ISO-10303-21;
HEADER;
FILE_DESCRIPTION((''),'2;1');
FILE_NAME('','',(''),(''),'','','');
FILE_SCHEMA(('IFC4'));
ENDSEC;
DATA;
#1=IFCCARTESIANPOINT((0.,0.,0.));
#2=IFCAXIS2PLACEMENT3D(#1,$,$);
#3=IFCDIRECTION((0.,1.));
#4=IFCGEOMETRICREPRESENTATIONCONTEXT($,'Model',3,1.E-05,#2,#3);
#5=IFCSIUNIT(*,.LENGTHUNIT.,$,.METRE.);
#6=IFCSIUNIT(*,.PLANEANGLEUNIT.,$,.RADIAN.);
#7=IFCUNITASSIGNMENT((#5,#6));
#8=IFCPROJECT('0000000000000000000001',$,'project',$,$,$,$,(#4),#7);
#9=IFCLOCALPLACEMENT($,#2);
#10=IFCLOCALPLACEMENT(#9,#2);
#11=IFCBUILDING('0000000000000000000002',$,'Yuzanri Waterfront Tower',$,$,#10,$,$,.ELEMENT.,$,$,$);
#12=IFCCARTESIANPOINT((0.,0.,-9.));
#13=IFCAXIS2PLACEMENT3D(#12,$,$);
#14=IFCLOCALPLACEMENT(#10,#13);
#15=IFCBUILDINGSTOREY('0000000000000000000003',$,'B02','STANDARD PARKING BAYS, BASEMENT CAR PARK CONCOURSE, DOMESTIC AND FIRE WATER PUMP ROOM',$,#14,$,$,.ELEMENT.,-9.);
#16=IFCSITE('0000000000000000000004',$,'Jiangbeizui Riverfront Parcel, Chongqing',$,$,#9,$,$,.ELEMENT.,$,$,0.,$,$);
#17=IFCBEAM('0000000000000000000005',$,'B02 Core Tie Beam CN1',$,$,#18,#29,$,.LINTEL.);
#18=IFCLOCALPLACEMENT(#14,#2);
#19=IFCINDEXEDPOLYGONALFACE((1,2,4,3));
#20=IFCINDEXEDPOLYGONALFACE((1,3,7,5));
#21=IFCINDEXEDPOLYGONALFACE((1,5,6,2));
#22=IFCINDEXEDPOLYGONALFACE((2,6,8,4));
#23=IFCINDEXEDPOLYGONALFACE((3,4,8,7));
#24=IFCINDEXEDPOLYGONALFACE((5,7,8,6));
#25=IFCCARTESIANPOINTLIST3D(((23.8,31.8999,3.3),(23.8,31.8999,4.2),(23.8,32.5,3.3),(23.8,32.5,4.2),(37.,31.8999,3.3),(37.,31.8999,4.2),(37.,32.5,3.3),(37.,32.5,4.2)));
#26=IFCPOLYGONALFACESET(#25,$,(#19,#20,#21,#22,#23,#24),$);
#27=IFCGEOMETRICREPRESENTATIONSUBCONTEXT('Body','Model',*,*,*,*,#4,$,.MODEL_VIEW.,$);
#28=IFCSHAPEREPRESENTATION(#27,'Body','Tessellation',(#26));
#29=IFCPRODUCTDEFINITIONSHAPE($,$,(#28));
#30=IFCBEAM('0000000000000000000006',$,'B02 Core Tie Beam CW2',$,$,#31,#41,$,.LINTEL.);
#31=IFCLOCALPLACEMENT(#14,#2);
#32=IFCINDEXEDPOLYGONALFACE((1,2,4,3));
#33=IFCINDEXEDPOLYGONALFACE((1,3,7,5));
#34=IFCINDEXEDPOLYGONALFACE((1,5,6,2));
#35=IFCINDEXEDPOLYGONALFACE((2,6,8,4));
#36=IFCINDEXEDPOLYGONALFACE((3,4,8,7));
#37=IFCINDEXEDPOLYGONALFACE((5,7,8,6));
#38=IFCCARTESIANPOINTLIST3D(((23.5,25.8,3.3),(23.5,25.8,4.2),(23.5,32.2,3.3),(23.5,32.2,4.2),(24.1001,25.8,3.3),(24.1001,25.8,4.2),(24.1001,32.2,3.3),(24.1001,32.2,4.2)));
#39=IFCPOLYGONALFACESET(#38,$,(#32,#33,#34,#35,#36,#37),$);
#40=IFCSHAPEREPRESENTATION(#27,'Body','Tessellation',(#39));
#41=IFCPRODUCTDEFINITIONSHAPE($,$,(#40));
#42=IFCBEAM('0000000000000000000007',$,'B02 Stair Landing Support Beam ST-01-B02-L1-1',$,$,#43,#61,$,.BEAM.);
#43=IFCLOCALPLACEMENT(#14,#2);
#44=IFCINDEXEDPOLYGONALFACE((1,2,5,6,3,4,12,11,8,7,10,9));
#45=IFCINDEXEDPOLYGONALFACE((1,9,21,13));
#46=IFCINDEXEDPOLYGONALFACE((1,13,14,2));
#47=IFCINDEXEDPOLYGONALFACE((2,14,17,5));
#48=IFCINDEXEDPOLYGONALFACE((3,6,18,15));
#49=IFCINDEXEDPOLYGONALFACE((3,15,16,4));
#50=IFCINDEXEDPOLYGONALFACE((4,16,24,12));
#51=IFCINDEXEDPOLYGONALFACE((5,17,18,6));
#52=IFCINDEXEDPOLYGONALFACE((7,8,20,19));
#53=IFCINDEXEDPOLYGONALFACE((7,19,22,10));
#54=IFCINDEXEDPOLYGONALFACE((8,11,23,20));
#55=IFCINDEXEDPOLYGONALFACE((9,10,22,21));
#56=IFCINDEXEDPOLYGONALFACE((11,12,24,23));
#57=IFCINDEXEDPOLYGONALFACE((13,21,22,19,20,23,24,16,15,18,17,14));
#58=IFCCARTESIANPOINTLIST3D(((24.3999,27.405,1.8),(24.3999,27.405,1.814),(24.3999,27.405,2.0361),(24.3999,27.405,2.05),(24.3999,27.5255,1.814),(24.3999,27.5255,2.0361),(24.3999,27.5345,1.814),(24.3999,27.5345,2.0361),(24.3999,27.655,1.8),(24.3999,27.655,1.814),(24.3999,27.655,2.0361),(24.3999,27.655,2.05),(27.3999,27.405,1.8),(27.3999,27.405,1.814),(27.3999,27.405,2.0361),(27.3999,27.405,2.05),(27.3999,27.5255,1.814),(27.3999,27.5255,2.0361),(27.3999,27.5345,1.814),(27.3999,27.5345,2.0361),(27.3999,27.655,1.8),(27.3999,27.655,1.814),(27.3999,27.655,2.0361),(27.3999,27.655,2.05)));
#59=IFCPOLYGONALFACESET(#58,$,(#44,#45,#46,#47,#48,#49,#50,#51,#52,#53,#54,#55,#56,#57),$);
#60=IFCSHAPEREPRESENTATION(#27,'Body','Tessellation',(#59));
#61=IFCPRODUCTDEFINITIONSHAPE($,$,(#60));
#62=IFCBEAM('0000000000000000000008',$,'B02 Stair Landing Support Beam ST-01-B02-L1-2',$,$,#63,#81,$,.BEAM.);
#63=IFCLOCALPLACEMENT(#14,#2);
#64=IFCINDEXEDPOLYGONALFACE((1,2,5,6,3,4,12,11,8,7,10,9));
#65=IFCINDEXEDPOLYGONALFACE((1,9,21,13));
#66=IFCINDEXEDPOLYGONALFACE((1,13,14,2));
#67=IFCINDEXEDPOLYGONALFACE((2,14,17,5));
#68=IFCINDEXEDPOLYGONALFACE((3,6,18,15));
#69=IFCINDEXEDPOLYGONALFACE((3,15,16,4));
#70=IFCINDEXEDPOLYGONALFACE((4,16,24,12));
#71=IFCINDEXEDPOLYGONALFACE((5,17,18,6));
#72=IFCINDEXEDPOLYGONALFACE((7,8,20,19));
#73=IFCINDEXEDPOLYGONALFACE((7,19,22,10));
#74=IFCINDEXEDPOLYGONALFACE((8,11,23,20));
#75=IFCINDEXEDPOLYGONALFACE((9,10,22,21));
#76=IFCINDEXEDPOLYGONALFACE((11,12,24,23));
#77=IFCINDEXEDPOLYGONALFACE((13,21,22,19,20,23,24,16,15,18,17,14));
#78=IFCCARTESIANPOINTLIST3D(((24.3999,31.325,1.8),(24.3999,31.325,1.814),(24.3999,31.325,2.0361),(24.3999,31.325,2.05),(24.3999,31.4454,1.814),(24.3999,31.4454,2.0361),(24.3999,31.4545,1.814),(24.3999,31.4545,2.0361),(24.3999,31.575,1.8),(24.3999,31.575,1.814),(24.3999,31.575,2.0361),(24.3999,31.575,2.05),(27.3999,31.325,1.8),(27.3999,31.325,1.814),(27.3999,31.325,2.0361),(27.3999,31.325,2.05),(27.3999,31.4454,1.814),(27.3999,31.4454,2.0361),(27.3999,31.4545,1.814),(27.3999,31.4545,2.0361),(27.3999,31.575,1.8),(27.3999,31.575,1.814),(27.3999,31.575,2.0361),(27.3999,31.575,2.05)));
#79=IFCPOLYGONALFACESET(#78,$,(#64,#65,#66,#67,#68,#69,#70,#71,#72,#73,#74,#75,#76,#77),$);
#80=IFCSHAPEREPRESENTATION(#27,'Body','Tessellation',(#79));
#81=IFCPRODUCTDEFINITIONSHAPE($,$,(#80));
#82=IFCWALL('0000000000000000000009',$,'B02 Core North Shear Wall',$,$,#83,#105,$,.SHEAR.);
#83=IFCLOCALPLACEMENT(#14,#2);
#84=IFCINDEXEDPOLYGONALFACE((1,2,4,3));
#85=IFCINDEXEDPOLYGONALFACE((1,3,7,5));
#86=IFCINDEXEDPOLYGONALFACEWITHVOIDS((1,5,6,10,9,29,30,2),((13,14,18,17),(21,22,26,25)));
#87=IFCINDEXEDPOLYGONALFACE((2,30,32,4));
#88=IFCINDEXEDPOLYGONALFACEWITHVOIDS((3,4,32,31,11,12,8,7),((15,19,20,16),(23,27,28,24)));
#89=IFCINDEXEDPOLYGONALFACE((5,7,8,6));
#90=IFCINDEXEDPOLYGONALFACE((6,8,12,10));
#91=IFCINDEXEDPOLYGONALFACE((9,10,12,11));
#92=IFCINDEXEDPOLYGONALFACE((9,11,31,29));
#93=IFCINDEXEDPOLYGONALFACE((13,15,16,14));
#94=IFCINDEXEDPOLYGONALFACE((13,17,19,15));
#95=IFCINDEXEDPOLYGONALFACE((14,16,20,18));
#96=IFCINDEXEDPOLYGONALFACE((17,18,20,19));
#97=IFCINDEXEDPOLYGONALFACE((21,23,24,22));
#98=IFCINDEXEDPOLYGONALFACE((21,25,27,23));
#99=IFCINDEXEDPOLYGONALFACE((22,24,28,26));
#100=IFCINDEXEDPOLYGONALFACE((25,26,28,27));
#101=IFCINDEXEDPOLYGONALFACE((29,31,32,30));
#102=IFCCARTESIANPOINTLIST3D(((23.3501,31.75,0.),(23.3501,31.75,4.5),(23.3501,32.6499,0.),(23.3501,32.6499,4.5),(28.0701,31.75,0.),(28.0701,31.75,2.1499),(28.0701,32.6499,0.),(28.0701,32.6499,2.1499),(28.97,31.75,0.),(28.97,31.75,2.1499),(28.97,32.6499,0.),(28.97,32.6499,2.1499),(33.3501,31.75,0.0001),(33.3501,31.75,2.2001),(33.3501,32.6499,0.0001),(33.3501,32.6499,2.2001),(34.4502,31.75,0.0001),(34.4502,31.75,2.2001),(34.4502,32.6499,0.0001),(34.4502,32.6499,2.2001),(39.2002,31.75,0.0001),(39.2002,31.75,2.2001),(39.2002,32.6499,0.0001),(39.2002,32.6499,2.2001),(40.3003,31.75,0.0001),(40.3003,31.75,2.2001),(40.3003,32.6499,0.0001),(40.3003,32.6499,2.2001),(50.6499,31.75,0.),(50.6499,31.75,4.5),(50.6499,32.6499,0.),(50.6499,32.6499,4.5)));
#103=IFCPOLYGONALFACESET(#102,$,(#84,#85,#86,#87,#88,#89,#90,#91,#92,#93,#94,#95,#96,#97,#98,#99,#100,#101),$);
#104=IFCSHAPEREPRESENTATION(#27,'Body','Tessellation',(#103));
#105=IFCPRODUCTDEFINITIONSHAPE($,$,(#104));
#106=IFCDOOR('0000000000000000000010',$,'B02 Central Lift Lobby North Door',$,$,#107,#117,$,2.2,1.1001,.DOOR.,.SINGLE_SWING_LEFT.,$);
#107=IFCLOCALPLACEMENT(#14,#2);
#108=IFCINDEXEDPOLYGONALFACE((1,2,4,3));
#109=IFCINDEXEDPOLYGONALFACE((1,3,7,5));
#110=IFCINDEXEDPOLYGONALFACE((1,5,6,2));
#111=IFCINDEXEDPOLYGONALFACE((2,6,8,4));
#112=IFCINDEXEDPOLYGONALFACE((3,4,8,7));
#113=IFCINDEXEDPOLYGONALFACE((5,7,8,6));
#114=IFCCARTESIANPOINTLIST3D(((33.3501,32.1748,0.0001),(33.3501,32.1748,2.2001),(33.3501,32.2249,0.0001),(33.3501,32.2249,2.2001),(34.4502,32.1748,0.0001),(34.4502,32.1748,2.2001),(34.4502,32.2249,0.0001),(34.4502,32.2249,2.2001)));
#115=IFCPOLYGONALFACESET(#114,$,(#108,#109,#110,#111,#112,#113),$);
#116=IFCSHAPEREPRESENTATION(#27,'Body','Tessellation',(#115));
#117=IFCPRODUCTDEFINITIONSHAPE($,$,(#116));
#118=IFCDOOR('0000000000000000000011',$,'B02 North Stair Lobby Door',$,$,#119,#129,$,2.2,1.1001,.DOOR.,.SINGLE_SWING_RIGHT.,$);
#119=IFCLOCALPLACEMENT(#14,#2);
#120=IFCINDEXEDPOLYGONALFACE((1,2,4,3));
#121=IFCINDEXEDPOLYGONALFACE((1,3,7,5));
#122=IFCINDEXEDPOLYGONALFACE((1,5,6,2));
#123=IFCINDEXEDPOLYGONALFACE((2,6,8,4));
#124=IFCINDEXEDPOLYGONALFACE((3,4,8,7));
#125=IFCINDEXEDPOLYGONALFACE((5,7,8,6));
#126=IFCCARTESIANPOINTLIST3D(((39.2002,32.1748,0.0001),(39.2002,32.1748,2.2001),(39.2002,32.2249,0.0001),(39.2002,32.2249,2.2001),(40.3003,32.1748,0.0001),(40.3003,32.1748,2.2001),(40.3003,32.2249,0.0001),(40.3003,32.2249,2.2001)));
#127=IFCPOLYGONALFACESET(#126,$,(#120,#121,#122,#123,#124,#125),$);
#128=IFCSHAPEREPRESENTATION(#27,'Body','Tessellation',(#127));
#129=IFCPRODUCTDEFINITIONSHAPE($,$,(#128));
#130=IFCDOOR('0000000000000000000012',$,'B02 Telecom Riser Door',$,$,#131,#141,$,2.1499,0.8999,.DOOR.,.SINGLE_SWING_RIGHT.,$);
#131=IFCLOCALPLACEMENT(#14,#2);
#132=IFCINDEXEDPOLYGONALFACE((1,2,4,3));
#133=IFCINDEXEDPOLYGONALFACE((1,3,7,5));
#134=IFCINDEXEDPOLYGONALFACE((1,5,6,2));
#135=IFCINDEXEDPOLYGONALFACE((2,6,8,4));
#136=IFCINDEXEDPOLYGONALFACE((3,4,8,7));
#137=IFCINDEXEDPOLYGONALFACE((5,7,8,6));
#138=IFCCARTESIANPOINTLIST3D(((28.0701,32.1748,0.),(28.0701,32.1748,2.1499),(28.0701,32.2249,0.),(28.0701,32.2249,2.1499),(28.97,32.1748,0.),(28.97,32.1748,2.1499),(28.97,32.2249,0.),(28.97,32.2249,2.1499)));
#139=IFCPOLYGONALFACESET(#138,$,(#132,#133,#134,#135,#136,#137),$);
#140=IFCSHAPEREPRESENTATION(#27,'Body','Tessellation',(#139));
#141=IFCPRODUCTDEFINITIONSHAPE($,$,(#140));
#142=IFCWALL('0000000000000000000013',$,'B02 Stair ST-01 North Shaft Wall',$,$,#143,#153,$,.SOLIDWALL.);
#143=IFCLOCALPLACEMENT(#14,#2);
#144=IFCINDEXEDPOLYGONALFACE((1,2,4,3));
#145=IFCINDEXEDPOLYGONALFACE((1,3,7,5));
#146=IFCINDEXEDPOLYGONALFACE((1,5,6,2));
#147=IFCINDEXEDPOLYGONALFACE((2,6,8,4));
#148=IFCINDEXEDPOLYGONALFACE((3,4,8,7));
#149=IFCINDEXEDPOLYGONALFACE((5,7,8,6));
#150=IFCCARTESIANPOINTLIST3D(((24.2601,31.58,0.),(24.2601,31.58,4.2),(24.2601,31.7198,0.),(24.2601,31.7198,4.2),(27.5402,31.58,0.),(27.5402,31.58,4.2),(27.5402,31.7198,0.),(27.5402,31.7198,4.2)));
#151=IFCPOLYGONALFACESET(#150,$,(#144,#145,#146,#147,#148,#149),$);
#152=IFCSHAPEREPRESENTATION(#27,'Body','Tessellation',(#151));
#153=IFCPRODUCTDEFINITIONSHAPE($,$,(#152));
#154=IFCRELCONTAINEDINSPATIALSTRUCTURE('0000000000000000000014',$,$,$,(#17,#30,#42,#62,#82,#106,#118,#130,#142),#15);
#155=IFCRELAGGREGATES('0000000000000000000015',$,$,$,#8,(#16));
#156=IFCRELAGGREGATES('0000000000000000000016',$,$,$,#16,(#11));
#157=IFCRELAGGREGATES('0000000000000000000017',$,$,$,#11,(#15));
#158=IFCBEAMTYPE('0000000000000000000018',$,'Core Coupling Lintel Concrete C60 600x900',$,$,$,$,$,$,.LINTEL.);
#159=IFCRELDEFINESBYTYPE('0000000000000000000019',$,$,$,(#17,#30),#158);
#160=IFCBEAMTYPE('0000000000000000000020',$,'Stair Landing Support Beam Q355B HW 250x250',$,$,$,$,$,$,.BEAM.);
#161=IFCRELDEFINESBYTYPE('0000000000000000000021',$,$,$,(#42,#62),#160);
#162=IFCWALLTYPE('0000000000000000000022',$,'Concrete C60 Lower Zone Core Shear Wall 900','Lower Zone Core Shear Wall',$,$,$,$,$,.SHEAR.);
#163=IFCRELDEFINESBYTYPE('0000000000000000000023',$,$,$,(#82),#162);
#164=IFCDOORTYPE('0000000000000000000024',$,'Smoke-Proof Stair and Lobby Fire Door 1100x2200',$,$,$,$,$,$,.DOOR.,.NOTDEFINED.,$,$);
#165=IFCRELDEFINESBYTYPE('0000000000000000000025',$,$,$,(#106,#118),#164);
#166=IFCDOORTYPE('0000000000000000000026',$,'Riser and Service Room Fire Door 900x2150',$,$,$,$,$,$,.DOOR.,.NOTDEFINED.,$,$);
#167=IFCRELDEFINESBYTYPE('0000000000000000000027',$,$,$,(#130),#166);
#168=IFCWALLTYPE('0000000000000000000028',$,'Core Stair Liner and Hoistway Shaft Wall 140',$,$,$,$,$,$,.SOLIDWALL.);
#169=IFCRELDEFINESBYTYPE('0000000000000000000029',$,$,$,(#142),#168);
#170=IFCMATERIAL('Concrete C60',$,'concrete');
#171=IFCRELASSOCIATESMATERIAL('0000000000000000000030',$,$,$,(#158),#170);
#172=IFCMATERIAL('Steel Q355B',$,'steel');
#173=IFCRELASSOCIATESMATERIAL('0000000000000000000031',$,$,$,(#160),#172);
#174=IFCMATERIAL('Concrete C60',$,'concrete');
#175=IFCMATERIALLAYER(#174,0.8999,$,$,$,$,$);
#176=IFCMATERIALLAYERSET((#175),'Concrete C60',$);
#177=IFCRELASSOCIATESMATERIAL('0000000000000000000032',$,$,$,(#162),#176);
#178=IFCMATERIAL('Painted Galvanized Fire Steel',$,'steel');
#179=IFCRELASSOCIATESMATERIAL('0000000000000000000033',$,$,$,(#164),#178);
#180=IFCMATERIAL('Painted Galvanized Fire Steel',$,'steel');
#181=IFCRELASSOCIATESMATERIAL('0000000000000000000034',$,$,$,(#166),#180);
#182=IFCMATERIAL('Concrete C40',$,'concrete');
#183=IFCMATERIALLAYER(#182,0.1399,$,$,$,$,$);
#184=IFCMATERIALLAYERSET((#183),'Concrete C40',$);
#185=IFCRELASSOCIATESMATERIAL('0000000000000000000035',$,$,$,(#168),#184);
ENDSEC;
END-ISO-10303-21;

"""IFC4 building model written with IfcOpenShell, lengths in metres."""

from ifc_helpers import new_model, si_unit, direction, frame, frame_2d, origin, origin_2d, place, context, subcontext, project, spatial, rectangle, i_section, extrude, source, transform, mapped, material, layer, layer_set, material_profile, profile_set, type_object, element, fill, save


model = new_model("IFC4")

# Units and contexts
model_context = context("Model", 3, precision=1e-05, world=origin(), true_north=direction((0.0, 1.0)))
body_context = subcontext(model_context, "Body", "Model", "MODEL_VIEW")
ifc_project = project(units=[si_unit("LENGTHUNIT", "METRE"), si_unit("PLANEANGLEUNIT", "RADIAN")], contexts=[model_context])

# Site, building, storey
site_placement = place(None, origin())
site = spatial("IfcSite", under=ifc_project, at=site_placement, Name="Jiangbeizui Riverfront Parcel, Chongqing", CompositionType="ELEMENT", RefElevation=0.0)
building_placement = place(site_placement, origin())
building = spatial("IfcBuilding", under=site, at=building_placement, Name="Yuzanri Waterfront Tower", CompositionType="ELEMENT")
storey_placement = place(building_placement, frame((0.0, 0.0, -9.0)))
storey = spatial("IfcBuildingStorey", under=building, at=storey_placement, Name="B02", Description="STANDARD PARKING BAYS, BASEMENT CAR PARK CONCOURSE, DOMESTIC AND FIRE WATER PUMP ROOM", CompositionType="ELEMENT", Elevation=-9.0)

# Beams
ifc_material_1 = material(Name="Concrete C60", Category="concrete")
ifc_material_profile_1 = material_profile(ifc_material_1, rectangle(XDim=0.6001, YDim=0.8999, at=origin_2d()), Name="RC 600x900")
ifc_profile_set_1 = profile_set([ifc_material_profile_1], Name="Concrete C60")
beam_type_1 = type_object("IfcBeamType", Name="Core Coupling Lintel Concrete C60 600x900", PredefinedType="LINTEL", material=ifc_profile_set_1)
shared_shape_1 = source(origin(), body_context, "Body", "SweptSolid", [
    extrude(rectangle(XDim=0.6001, YDim=0.8999, at=origin_2d()), origin(), (0.0, 0.0, 1.0), 13.2),
])
beam_1_placement = place(storey_placement, frame((23.8, 32.2, 3.75), z_axis=(1.0, 0.0, 0.0), x_axis=(0.0, 1.0, 0.0)))
element("IfcBeam", 1, at=beam_1_placement, inside=storey, type_object=beam_type_1, Name="B02 Core Tie Beam CN1", PredefinedType="LINTEL", context=body_context, shape_type="MappedRepresentation", body=[
    mapped(shared_shape_1, transform((0.0, 0.0, 0.0), scale=1.0)),
])
shared_shape_2 = source(origin(), body_context, "Body", "SweptSolid", [
    extrude(rectangle(XDim=0.6001, YDim=0.8999, at=origin_2d()), origin(), (0.0, 0.0, 1.0), 6.3999),
])
beam_2_placement = place(storey_placement, frame((23.8, 25.8, 3.75), z_axis=(0.0, 1.0, 0.0), x_axis=(-1.0, 0.0, 0.0)))
element("IfcBeam", 2, at=beam_2_placement, inside=storey, type_object=beam_type_1, Name="B02 Core Tie Beam CW2", PredefinedType="LINTEL", context=body_context, shape_type="MappedRepresentation", body=[
    mapped(shared_shape_2, transform((0.0, 0.0, 0.0), scale=1.0)),
])
ifc_material_2 = material(Name="Steel Q355B", Category="steel")
ifc_material_profile_2 = material_profile(ifc_material_2, i_section(OverallWidth=0.25, OverallDepth=0.25, WebThickness=0.009, FlangeThickness=0.0139, at=origin_2d()), Name="HW 250x250x9x14")
ifc_profile_set_2 = profile_set([ifc_material_profile_2], Name="Steel Q355B")
beam_type_2 = type_object("IfcBeamType", Name="Stair Landing Support Beam Q355B HW 250x250", PredefinedType="BEAM", material=ifc_profile_set_2)
shared_shape_3 = source(origin(), body_context, "Body", "SweptSolid", [
    extrude(i_section(OverallWidth=0.25, OverallDepth=0.25, WebThickness=0.009, FlangeThickness=0.0139, at=origin_2d()), origin(), (0.0, 0.0, 1.0), 3.0),
])
for number, where, z_axis, x_axis, name in (
    (3, (24.3999, 27.53, 1.925), (1.0, 0.0, 0.0), (0.0, 1.0, 0.0), "B02 Stair Landing Support Beam ST-01-B02-L1-1"),
    (4, (24.3999, 31.45, 1.925), (1.0, 0.0, 0.0), (0.0, 1.0, 0.0), "B02 Stair Landing Support Beam ST-01-B02-L1-2"),
):
    element("IfcBeam", number, at=place(storey_placement, frame(where, z_axis=z_axis, x_axis=x_axis)), inside=storey, type_object=beam_type_2, Name=name, PredefinedType="BEAM", context=body_context, shape_type="MappedRepresentation", body=[
        mapped(shared_shape_3, transform((0.0, 0.0, 0.0), scale=1.0)),
    ])

# Wall, openings, doors
ifc_material_3 = material(Name="Concrete C60", Category="concrete")
ifc_layer_1 = layer(ifc_material_3, 0.8999)
ifc_layer_set_1 = layer_set([ifc_layer_1], Name="Concrete C60")
wall_type_1 = type_object("IfcWallType", Name="Concrete C60 Lower Zone Core Shear Wall 900", Description="Lower Zone Core Shear Wall", PredefinedType="SHEAR", material=ifc_layer_set_1)
wall_1_placement = place(storey_placement, frame((23.3501, 32.2, 0.0), z_axis=(0.0, 0.0, 1.0), x_axis=(1.0, 0.0, 0.0)))
wall_1 = element("IfcWall", 5, at=wall_1_placement, inside=storey, type_object=wall_type_1, Name="B02 Core North Shear Wall", PredefinedType="SHEAR", context=body_context, shape_type="SweptSolid", body=[
    extrude(rectangle(XDim=27.2998, YDim=0.8999, at=frame_2d((13.6499, 0.0))), origin(), (0.0, 0.0, 1.0), 4.5),
])
opening_1_placement = place(wall_1_placement, frame((4.72, 0.0, 0.0)))
opening_1 = element("IfcOpeningElement", 6, at=opening_1_placement, cuts=wall_1, PredefinedType="OPENING", context=body_context, shape_type="SweptSolid", body=[
    extrude(rectangle(XDim=0.8999, YDim=2.1499, at=frame_2d((0.45, 1.075))), frame((0.0, 0.4648, 0.0), z_axis=(0.0, -1.0, 0.0), x_axis=(1.0, 0.0, 0.0)), (0.0, 0.0, 1.0), 0.9297),
])
opening_2_placement = place(wall_1_placement, frame((10.0, 0.0, 0.0)))
opening_2 = element("IfcOpeningElement", 7, at=opening_2_placement, cuts=wall_1, PredefinedType="OPENING", context=body_context, shape_type="SweptSolid", body=[
    extrude(rectangle(XDim=1.1001, YDim=2.2, at=frame_2d((0.55, 1.1001))), frame((0.0, 0.4648, 0.0), z_axis=(0.0, -1.0, 0.0), x_axis=(1.0, 0.0, 0.0)), (0.0, 0.0, 1.0), 0.9297),
])
opening_3_placement = place(wall_1_placement, frame((15.8501, 0.0, 0.0)))
opening_3 = element("IfcOpeningElement", 8, at=opening_3_placement, cuts=wall_1, PredefinedType="OPENING", context=body_context, shape_type="SweptSolid", body=[
    extrude(rectangle(XDim=1.1001, YDim=2.2, at=frame_2d((0.55, 1.1001))), frame((0.0, 0.4648, 0.0), z_axis=(0.0, -1.0, 0.0), x_axis=(1.0, 0.0, 0.0)), (0.0, 0.0, 1.0), 0.9297),
])
ifc_material_4 = material(Name="Painted Galvanized Fire Steel", Category="steel")
door_type_1 = type_object("IfcDoorType", Name="Smoke-Proof Stair and Lobby Fire Door 1100x2200", OperationType="NOTDEFINED", PredefinedType="DOOR", material=ifc_material_4)
shared_shape_4 = source(origin(), body_context, "Body", "SweptSolid", [
    extrude(rectangle(XDim=1.1001, YDim=2.2, at=frame_2d((0.55, 1.1001))), frame((0.0, 0.0249, 0.0), z_axis=(0.0, -1.0, 0.0), x_axis=(1.0, 0.0, 0.0)), (0.0, 0.0, 1.0), 0.05),
])
door_1_placement = place(opening_2_placement, origin())
door_1 = element("IfcDoor", 9, at=door_1_placement, inside=storey, type_object=door_type_1, Name="B02 Central Lift Lobby North Door", OperationType="SINGLE_SWING_LEFT", OverallHeight=2.2, OverallWidth=1.1001, PredefinedType="DOOR", context=body_context, shape_type="MappedRepresentation", body=[
    mapped(shared_shape_4, transform((0.0, 0.0, 0.0), scale=1.0)),
])
fill(opening_2, door_1)
door_2_placement = place(opening_3_placement, origin())
door_2 = element("IfcDoor", 10, at=door_2_placement, inside=storey, type_object=door_type_1, Name="B02 North Stair Lobby Door", OperationType="SINGLE_SWING_RIGHT", OverallHeight=2.2, OverallWidth=1.1001, PredefinedType="DOOR", context=body_context, shape_type="MappedRepresentation", body=[
    mapped(shared_shape_4, transform((0.0, 0.0, 0.0), scale=1.0)),
])
fill(opening_3, door_2)
ifc_material_5 = material(Name="Painted Galvanized Fire Steel", Category="steel")
door_type_2 = type_object("IfcDoorType", Name="Riser and Service Room Fire Door 900x2150", OperationType="NOTDEFINED", PredefinedType="DOOR", material=ifc_material_5)
shared_shape_5 = source(origin(), body_context, "Body", "SweptSolid", [
    extrude(rectangle(XDim=0.8999, YDim=2.1499, at=frame_2d((0.45, 1.075))), frame((0.0, 0.0249, 0.0), z_axis=(0.0, -1.0, 0.0), x_axis=(1.0, 0.0, 0.0)), (0.0, 0.0, 1.0), 0.05),
])
door_3_placement = place(opening_1_placement, origin())
door_3 = element("IfcDoor", 11, at=door_3_placement, inside=storey, type_object=door_type_2, Name="B02 Telecom Riser Door", OperationType="SINGLE_SWING_RIGHT", OverallHeight=2.1499, OverallWidth=0.8999, PredefinedType="DOOR", context=body_context, shape_type="MappedRepresentation", body=[
    mapped(shared_shape_5, transform((0.0, 0.0, 0.0), scale=1.0)),
])
fill(opening_1, door_3)

# Wall
ifc_material_6 = material(Name="Concrete C40", Category="concrete")
ifc_layer_2 = layer(ifc_material_6, 0.1399)
ifc_layer_set_2 = layer_set([ifc_layer_2], Name="Concrete C40")
wall_type_2 = type_object("IfcWallType", Name="Core Stair Liner and Hoistway Shaft Wall 140", PredefinedType="SOLIDWALL", material=ifc_layer_set_2)
shared_shape_6 = source(origin(), body_context, "Body", "SweptSolid", [
    extrude(rectangle(XDim=3.28, YDim=0.1399, at=frame_2d((1.6401, 0.0))), origin(), (0.0, 0.0, 1.0), 4.2),
])
wall_2_placement = place(storey_placement, frame((24.26, 31.6499, 0.0), z_axis=(0.0, 0.0, 1.0), x_axis=(1.0, 0.0, 0.0)))
element("IfcWall", 12, at=wall_2_placement, inside=storey, type_object=wall_type_2, Name="B02 Stair ST-01 North Shaft Wall", PredefinedType="SOLIDWALL", context=body_context, shape_type="MappedRepresentation", body=[
    mapped(shared_shape_6, transform((0.0, 0.0, 0.0), scale=1.0)),
])

save(model, "model.ifc")
